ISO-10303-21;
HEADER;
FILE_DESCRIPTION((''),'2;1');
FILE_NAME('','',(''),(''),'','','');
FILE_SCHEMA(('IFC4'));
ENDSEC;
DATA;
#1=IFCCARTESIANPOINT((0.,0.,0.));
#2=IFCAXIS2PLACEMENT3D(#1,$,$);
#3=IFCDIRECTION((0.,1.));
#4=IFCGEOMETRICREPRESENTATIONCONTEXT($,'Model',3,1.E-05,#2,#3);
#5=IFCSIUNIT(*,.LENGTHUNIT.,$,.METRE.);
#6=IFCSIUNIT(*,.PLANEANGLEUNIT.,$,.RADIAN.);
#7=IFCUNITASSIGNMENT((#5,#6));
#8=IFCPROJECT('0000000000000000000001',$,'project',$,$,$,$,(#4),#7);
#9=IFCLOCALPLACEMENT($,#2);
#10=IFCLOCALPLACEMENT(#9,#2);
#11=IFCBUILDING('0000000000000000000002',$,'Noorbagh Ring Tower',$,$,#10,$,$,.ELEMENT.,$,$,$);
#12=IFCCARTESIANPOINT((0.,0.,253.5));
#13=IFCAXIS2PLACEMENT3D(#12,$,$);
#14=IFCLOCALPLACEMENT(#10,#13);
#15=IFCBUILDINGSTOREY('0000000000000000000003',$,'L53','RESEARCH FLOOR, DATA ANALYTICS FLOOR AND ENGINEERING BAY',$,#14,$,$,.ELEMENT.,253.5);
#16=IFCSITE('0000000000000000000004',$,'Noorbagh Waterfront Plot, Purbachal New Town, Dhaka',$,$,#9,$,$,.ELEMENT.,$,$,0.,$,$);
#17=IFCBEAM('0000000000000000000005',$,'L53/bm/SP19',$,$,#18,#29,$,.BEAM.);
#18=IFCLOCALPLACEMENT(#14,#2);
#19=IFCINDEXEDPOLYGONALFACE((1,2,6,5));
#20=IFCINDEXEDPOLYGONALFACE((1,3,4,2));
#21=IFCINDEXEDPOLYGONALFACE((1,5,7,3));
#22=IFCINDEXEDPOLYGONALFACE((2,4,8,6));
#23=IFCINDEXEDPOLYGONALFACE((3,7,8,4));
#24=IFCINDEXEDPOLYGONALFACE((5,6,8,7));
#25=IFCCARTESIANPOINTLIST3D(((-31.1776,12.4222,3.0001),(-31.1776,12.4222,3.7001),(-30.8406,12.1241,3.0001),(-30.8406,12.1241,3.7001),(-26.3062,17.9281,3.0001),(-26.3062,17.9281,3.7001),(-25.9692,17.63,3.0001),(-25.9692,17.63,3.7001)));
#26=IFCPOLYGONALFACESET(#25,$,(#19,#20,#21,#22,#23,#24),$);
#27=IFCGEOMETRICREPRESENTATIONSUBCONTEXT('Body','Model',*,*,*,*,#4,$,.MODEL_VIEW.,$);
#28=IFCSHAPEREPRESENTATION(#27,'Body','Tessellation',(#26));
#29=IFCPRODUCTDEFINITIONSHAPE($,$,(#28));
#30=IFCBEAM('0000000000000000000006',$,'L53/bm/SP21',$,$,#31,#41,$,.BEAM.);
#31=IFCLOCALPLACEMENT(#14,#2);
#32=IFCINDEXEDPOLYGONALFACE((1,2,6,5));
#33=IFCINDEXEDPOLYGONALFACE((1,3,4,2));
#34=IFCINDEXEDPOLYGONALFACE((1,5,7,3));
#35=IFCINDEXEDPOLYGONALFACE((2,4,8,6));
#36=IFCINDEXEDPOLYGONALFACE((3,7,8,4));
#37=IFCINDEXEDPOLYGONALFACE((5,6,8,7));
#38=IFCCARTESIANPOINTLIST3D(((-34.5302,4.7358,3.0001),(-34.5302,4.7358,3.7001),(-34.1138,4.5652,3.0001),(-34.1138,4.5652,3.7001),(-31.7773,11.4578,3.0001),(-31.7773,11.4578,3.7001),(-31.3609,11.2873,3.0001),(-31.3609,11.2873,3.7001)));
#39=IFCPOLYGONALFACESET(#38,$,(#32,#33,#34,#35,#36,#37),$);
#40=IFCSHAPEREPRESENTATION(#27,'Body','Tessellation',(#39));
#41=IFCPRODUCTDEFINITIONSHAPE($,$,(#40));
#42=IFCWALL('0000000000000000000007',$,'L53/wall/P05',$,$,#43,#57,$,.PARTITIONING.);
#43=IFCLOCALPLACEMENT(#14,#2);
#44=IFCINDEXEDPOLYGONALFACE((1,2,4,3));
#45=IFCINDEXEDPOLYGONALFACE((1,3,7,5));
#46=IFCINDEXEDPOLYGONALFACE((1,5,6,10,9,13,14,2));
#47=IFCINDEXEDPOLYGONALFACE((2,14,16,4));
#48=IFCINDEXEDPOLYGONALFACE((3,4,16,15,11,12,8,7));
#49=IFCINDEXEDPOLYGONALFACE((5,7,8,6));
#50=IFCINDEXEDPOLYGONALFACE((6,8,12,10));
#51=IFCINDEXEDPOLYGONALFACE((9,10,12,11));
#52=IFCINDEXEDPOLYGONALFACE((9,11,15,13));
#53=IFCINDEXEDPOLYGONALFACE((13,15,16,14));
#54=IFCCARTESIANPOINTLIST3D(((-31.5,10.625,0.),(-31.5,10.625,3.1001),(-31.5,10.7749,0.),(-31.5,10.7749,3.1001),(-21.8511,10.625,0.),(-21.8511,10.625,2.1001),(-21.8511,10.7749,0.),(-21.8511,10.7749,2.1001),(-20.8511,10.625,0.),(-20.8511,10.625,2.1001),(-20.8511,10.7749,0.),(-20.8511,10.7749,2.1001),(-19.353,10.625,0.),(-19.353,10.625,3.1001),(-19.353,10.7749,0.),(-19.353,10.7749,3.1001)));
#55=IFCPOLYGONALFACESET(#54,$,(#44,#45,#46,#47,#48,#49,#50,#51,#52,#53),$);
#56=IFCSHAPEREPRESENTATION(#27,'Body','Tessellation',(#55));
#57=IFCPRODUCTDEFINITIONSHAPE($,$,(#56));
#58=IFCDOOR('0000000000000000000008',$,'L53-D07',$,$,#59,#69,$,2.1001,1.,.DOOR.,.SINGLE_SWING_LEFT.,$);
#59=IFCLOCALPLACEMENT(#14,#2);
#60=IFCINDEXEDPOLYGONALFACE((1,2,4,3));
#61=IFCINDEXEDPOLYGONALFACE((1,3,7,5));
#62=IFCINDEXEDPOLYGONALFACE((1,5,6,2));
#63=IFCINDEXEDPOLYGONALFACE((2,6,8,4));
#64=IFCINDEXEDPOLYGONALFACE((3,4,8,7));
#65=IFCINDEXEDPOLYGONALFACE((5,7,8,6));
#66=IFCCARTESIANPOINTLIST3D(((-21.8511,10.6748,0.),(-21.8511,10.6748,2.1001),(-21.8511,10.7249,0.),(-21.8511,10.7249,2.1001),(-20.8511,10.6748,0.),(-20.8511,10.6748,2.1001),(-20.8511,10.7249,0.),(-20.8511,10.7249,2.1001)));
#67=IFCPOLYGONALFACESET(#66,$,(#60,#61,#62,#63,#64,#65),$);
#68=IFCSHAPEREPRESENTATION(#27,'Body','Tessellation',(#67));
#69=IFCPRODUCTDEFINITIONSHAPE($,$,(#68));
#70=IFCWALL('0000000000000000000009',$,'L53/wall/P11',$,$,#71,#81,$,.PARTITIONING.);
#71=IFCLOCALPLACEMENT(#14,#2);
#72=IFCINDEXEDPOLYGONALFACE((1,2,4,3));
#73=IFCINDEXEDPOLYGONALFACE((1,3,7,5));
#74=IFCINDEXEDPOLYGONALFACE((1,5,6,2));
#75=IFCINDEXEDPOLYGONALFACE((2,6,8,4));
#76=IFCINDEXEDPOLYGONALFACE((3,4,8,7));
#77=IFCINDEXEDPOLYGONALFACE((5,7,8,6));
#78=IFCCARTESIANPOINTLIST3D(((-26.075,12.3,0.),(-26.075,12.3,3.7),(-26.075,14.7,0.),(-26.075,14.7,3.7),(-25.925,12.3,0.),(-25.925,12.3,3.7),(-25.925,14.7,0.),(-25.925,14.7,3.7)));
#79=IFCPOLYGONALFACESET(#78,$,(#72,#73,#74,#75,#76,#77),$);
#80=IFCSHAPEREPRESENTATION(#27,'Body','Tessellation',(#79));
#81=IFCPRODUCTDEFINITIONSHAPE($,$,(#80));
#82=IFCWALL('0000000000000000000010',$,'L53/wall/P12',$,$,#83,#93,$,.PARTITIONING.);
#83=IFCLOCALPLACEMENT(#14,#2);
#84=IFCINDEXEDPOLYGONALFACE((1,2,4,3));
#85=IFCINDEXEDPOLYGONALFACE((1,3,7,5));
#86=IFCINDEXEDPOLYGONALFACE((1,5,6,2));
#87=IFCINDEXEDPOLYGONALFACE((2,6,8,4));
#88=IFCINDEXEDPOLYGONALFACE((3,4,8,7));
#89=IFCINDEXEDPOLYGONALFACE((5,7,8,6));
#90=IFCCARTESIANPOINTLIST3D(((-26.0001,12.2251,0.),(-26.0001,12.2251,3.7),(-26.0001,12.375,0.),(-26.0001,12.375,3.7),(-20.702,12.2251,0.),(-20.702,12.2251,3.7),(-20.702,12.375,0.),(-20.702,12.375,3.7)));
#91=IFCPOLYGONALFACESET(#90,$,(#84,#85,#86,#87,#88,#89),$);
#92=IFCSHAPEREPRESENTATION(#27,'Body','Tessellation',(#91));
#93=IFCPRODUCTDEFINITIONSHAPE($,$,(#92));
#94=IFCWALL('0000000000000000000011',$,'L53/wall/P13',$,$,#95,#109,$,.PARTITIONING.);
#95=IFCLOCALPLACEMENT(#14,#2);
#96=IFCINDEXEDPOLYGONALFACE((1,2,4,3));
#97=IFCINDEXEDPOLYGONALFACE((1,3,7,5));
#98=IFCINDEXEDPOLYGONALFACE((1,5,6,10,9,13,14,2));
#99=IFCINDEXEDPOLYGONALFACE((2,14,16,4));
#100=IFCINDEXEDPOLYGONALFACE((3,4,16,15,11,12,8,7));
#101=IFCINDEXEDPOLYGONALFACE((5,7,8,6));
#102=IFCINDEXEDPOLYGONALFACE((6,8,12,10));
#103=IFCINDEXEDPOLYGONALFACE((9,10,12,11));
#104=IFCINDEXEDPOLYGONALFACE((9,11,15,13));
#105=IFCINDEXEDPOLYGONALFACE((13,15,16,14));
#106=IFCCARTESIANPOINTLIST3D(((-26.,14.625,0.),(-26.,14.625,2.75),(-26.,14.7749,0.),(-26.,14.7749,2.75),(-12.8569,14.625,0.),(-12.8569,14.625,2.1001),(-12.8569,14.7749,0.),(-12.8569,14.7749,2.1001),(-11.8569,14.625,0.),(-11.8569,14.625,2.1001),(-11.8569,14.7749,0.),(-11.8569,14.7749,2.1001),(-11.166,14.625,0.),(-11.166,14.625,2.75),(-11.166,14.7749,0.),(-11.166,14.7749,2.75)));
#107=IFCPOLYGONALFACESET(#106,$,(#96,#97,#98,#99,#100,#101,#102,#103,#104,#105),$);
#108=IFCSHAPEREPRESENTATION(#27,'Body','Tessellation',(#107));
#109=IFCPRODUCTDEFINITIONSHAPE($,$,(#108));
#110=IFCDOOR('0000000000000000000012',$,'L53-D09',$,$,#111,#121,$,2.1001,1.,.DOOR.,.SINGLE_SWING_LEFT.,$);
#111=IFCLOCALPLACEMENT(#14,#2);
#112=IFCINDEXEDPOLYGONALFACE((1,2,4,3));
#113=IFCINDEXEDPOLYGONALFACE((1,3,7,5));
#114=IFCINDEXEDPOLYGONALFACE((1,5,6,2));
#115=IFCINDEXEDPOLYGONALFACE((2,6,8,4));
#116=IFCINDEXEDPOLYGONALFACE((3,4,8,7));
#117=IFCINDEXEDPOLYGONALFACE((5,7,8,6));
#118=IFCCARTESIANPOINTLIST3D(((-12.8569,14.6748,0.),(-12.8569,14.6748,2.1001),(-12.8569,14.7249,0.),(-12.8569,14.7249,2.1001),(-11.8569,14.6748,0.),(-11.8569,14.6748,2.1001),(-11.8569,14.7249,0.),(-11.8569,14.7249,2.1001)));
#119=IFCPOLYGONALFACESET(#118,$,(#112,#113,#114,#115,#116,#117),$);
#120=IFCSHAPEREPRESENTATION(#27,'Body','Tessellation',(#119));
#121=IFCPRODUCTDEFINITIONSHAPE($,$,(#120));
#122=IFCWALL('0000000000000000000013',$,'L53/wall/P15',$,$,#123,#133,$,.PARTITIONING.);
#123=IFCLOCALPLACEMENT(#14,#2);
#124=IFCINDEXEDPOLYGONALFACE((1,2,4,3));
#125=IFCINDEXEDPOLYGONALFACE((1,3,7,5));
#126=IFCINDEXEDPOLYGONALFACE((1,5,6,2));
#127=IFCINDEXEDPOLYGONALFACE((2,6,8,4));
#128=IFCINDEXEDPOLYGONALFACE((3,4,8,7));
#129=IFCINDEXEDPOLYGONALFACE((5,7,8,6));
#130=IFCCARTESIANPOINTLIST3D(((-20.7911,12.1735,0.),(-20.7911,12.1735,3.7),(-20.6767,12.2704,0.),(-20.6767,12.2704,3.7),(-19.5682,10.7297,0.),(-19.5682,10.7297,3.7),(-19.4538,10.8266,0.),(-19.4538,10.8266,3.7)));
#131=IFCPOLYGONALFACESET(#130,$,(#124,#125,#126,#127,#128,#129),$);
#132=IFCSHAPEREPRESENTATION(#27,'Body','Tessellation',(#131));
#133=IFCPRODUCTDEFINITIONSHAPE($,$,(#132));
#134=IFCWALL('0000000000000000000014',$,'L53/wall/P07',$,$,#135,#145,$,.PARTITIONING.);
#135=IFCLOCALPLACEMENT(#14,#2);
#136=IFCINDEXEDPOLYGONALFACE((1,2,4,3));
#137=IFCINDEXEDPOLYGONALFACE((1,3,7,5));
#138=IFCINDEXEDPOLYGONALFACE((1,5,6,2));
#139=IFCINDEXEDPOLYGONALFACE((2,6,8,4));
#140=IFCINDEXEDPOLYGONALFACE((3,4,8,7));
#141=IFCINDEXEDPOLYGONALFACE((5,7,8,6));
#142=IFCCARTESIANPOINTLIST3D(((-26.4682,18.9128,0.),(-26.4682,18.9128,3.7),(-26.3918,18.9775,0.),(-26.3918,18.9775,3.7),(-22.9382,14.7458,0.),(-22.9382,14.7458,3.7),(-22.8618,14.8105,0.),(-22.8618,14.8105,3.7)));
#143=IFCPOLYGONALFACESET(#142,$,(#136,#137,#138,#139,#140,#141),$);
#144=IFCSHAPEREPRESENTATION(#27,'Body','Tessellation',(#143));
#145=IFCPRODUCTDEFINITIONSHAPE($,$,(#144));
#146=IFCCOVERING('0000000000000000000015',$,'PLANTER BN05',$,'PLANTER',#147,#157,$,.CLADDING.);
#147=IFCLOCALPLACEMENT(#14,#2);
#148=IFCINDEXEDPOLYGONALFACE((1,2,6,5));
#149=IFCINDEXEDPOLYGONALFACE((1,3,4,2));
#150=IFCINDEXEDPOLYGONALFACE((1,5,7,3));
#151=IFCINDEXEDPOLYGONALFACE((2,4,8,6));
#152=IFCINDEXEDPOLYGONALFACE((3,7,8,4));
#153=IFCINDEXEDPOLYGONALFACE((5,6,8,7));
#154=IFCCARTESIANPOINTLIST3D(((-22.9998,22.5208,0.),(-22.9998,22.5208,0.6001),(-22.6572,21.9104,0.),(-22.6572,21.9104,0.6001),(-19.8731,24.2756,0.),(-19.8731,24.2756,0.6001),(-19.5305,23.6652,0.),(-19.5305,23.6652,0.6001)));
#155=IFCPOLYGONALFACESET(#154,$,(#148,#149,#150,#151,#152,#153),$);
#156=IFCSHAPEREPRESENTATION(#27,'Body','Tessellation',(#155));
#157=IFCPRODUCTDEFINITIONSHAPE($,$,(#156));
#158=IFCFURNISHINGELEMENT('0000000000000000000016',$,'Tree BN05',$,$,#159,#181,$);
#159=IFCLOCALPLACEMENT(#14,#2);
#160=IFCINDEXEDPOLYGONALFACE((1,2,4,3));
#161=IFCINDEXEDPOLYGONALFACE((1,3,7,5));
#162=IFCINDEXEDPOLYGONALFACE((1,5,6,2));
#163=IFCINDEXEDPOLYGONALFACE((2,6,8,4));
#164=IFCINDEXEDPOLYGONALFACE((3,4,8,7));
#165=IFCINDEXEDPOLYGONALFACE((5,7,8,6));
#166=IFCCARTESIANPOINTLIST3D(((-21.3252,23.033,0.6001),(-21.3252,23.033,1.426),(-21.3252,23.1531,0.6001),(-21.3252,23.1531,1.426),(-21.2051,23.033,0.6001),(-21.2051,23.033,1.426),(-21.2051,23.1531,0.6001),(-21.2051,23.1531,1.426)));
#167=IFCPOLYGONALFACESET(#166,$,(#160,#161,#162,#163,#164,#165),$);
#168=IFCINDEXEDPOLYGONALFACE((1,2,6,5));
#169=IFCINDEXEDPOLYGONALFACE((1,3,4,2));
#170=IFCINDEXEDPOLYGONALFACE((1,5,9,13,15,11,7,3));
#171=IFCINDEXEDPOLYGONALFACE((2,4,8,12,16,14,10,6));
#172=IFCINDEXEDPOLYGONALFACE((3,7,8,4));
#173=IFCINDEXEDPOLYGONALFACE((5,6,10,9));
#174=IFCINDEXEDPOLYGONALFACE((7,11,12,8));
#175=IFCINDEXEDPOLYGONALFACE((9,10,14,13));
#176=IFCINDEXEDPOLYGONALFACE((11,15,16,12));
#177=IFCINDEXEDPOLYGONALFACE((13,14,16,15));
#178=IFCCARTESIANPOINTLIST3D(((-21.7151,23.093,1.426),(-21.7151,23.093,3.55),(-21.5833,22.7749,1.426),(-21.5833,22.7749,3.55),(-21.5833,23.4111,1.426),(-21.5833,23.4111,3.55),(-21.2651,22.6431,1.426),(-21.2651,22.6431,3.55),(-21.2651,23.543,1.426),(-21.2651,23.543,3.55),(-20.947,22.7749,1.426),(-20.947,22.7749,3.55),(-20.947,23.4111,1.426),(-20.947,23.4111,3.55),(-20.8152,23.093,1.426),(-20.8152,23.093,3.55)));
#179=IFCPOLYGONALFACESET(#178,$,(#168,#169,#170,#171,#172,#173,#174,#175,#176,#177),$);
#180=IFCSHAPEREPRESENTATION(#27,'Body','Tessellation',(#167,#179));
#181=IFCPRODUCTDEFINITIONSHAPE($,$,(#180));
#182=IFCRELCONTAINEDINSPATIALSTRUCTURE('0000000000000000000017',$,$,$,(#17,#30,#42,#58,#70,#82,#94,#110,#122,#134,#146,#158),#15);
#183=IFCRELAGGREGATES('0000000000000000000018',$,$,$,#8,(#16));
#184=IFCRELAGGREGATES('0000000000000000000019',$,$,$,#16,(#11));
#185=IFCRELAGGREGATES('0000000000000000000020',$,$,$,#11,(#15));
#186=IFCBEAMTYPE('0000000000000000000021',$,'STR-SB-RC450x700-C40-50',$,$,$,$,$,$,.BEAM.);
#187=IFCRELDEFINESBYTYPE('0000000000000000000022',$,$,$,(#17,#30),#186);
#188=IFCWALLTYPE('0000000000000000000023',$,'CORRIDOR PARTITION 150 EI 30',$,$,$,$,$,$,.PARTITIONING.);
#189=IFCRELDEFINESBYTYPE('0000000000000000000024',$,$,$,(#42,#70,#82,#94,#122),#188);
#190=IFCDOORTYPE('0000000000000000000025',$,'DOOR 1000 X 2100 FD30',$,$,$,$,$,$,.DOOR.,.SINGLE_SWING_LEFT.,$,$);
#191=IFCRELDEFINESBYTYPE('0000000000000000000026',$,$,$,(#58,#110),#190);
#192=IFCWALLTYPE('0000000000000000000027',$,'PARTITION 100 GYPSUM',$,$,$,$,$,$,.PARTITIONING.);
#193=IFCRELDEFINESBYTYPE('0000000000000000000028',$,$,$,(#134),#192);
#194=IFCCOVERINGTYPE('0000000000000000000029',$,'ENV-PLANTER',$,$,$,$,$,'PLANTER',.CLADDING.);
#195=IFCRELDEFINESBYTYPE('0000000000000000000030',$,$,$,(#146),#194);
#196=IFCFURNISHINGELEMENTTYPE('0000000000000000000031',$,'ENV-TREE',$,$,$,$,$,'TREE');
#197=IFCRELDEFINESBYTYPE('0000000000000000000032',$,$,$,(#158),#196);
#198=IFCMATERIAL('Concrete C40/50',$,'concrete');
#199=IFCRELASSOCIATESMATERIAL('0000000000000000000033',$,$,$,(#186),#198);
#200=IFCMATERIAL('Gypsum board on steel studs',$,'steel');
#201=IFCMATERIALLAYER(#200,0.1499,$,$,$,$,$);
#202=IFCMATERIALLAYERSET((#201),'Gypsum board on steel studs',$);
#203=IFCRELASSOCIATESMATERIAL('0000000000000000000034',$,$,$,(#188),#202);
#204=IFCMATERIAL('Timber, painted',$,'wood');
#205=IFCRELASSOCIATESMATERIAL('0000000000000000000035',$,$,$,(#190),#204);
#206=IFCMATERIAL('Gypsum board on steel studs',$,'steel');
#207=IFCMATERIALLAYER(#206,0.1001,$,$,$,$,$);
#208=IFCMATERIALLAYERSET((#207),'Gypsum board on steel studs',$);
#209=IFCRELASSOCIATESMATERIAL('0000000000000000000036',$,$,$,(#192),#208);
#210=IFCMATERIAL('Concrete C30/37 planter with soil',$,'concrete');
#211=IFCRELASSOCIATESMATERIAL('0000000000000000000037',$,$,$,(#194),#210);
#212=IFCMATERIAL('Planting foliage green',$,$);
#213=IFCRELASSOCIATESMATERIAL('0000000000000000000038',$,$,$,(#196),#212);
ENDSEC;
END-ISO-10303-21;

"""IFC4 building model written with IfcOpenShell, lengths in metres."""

from ifc_helpers import new_model, si_unit, direction, frame, frame_2d, origin, origin_2d, place, context, subcontext, project, spatial, polyline, rectangle, outline, extrude, material, layer, layer_set, material_profile, profile_set, type_object, element, fill, save


model = new_model("IFC4")

# Units and contexts
model_context = context("Model", 3, precision=1e-05, world=origin(), true_north=direction((0.0, 1.0)))
body_context = subcontext(model_context, "Body", "Model", "MODEL_VIEW")
ifc_project = project(units=[si_unit("LENGTHUNIT", "METRE"), si_unit("PLANEANGLEUNIT", "RADIAN")], contexts=[model_context])

# Site, building, storey
site_placement = place(None, origin())
site = spatial("IfcSite", under=ifc_project, at=site_placement, Name="Noorbagh Waterfront Plot, Purbachal New Town, Dhaka", CompositionType="ELEMENT", RefElevation=0.0)
building_placement = place(site_placement, origin())
building = spatial("IfcBuilding", under=site, at=building_placement, Name="Noorbagh Ring Tower", CompositionType="ELEMENT")
storey_placement = place(building_placement, frame((0.0, 0.0, 253.5)))
storey = spatial("IfcBuildingStorey", under=building, at=storey_placement, Name="L53", Description="RESEARCH FLOOR, DATA ANALYTICS FLOOR AND ENGINEERING BAY", CompositionType="ELEMENT", Elevation=253.5)

# Beams
ifc_material_1 = material(Name="Concrete C40/50", Category="concrete")
ifc_material_profile_1 = material_profile(ifc_material_1, rectangle(XDim=0.45, YDim=0.7, at=origin_2d()), Name="RC450x700")
ifc_profile_set_1 = profile_set([ifc_material_profile_1], Name="Concrete C40/50")
beam_type_1 = type_object("IfcBeamType", Name="STR-SB-RC450x700-C40-50", PredefinedType="BEAM", material=ifc_profile_set_1)
beam_1_placement = place(storey_placement, frame((-26.1377, 17.7791, 3.3501), z_axis=(-0.662633, -0.748945, 0.0), x_axis=(0.748945, -0.662633, 0.0)))
element("IfcBeam", 1, at=beam_1_placement, inside=storey, type_object=beam_type_1, Name="L53/bm/SP19", PredefinedType="BEAM", context=body_context, shape_type="SweptSolid", body=[
    extrude(rectangle(XDim=0.45, YDim=0.7, at=origin_2d()), origin(), (0.0, 0.0, 1.0), 7.3516),
])
beam_2_placement = place(storey_placement, frame((-31.5691, 11.3726, 3.3501), z_axis=(-0.378981, -0.925404, 0.0), x_axis=(0.925404, -0.378981, 0.0)))
element("IfcBeam", 2, at=beam_2_placement, inside=storey, type_object=beam_type_1, Name="L53/bm/SP21", PredefinedType="BEAM", context=body_context, shape_type="SweptSolid", body=[
    extrude(rectangle(XDim=0.45, YDim=0.7, at=origin_2d()), origin(), (0.0, 0.0, 1.0), 7.2639),
])

# Wall, opening, door
ifc_material_2 = material(Name="Gypsum board on steel studs", Category="steel")
ifc_layer_1 = layer(ifc_material_2, 0.1499)
ifc_layer_set_1 = layer_set([ifc_layer_1], Name="Gypsum board on steel studs")
wall_type_1 = type_object("IfcWallType", Name="CORRIDOR PARTITION 150 EI 30", PredefinedType="PARTITIONING", material=ifc_layer_set_1)
wall_1_placement = place(storey_placement, frame((-31.5, 10.7, 0.0), z_axis=(0.0, 0.0, 1.0), x_axis=(1.0, 0.0, 0.0)))
wall_1 = element("IfcWall", 3, at=wall_1_placement, inside=storey, type_object=wall_type_1, Name="L53/wall/P05", PredefinedType="PARTITIONING", context=body_context, shape_type="SweptSolid", body=[
    extrude(rectangle(XDim=12.147, YDim=0.1499, at=frame_2d((6.0735, 0.0))), origin(), (0.0, 0.0, 1.0), 3.1001),
])
opening_1_placement = place(wall_1_placement, frame((9.6489, 0.0, 0.0)))
opening_1 = element("IfcOpeningElement", 4, at=opening_1_placement, cuts=wall_1, PredefinedType="OPENING", context=body_context, shape_type="SweptSolid", body=[
    extrude(rectangle(XDim=1.0, YDim=2.1001, at=frame_2d((0.5, 1.05))), frame((0.0, 0.085, 0.0), z_axis=(0.0, -1.0, 0.0), x_axis=(1.0, 0.0, 0.0)), (0.0, 0.0, 1.0), 0.1699),
])
ifc_material_3 = material(Name="Timber, painted", Category="wood")
door_type = type_object("IfcDoorType", Name="DOOR 1000 X 2100 FD30", OperationType="SINGLE_SWING_LEFT", PredefinedType="DOOR", material=ifc_material_3)
door_1_placement = place(opening_1_placement, origin())
door_1 = element("IfcDoor", 5, at=door_1_placement, inside=storey, type_object=door_type, Name="L53-D07", OperationType="SINGLE_SWING_LEFT", OverallHeight=2.1001, OverallWidth=1.0, PredefinedType="DOOR", context=body_context, shape_type="SweptSolid", body=[
    extrude(rectangle(XDim=1.0, YDim=2.1001, at=frame_2d((0.5, 1.05))), frame((0.0, 0.0249, 0.0), z_axis=(0.0, -1.0, 0.0), x_axis=(1.0, 0.0, 0.0)), (0.0, 0.0, 1.0), 0.05),
])
fill(opening_1, door_1)

# Walls
wall_2_placement = place(storey_placement, frame((-26.0, 12.3, 0.0), z_axis=(0.0, 0.0, 1.0), x_axis=(0.0, 1.0, 0.0)))
element("IfcWall", 6, at=wall_2_placement, inside=storey, type_object=wall_type_1, Name="L53/wall/P11", PredefinedType="PARTITIONING", context=body_context, shape_type="SweptSolid", body=[
    extrude(rectangle(XDim=2.3999, YDim=0.1499, at=frame_2d((1.2, 0.0))), origin(), (0.0, 0.0, 1.0), 3.7),
])
wall_3_placement = place(storey_placement, frame((-26.0, 12.3, 0.0), z_axis=(0.0, 0.0, 1.0), x_axis=(1.0, 0.0, 0.0)))
element("IfcWall", 7, at=wall_3_placement, inside=storey, type_object=wall_type_1, Name="L53/wall/P12", PredefinedType="PARTITIONING", context=body_context, shape_type="SweptSolid", body=[
    extrude(rectangle(XDim=5.2981, YDim=0.1499, at=frame_2d((2.6489, 0.0))), origin(), (0.0, 0.0, 1.0), 3.7),
])

# Wall, opening, door
wall_4_placement = place(storey_placement, frame((-26.0, 14.7, 0.0), z_axis=(0.0, 0.0, 1.0), x_axis=(1.0, 0.0, 0.0)))
wall_4 = element("IfcWall", 8, at=wall_4_placement, inside=storey, type_object=wall_type_1, Name="L53/wall/P13", PredefinedType="PARTITIONING", context=body_context, shape_type="SweptSolid", body=[
    extrude(rectangle(XDim=14.834, YDim=0.1499, at=frame_2d((7.417, 0.0))), origin(), (0.0, 0.0, 1.0), 2.75),
])
opening_2_placement = place(wall_4_placement, frame((13.1431, 0.0, 0.0)))
opening_2 = element("IfcOpeningElement", 9, at=opening_2_placement, cuts=wall_4, PredefinedType="OPENING", context=body_context, shape_type="SweptSolid", body=[
    extrude(rectangle(XDim=1.0, YDim=2.1001, at=frame_2d((0.5, 1.05))), frame((0.0, 0.085, 0.0), z_axis=(0.0, -1.0, 0.0), x_axis=(1.0, 0.0, 0.0)), (0.0, 0.0, 1.0), 0.1699),
])
door_2_placement = place(opening_2_placement, origin())
door_2 = element("IfcDoor", 10, at=door_2_placement, inside=storey, type_object=door_type, Name="L53-D09", OperationType="SINGLE_SWING_LEFT", OverallHeight=2.1001, OverallWidth=1.0, PredefinedType="DOOR", context=body_context, shape_type="SweptSolid", body=[
    extrude(rectangle(XDim=1.0, YDim=2.1001, at=frame_2d((0.5, 1.05))), frame((0.0, 0.0249, 0.0), z_axis=(0.0, -1.0, 0.0), x_axis=(1.0, 0.0, 0.0)), (0.0, 0.0, 1.0), 0.05),
])
fill(opening_2, door_2)

# Walls
wall_5_placement = place(storey_placement, frame((-20.7339, 12.2219, 0.0), z_axis=(0.0, 0.0, 1.0), x_axis=(0.646307, -0.763078, 0.0)))
element("IfcWall", 11, at=wall_5_placement, inside=storey, type_object=wall_type_1, Name="L53/wall/P15", PredefinedType="PARTITIONING", context=body_context, shape_type="SweptSolid", body=[
    extrude(rectangle(XDim=1.8921, YDim=0.1499, at=frame_2d((0.946, 0.0))), origin(), (0.0, 0.0, 1.0), 3.7),
])
ifc_material_4 = material(Name="Gypsum board on steel studs", Category="steel")
ifc_layer_2 = layer(ifc_material_4, 0.1001)
ifc_layer_set_2 = layer_set([ifc_layer_2], Name="Gypsum board on steel studs")
wall_type_2 = type_object("IfcWallType", Name="PARTITION 100 GYPSUM", PredefinedType="PARTITIONING", material=ifc_layer_set_2)
wall_6_placement = place(storey_placement, frame((-26.4299, 18.9451, 0.0), z_axis=(0.0, 0.0, 1.0), x_axis=(0.646381, -0.763015, 0.0)))
element("IfcWall", 12, at=wall_6_placement, inside=storey, type_object=wall_type_2, Name="L53/wall/P07", PredefinedType="PARTITIONING", context=body_context, shape_type="SweptSolid", body=[
    extrude(rectangle(XDim=5.4612, YDim=0.1001, at=frame_2d((2.7305, 0.0))), origin(), (0.0, 0.0, 1.0), 3.7),
])

# Covering
ifc_material_5 = material(Name="Concrete C30/37 planter with soil", Category="concrete")
covering_type = type_object("IfcCoveringType", Name="ENV-PLANTER", ElementType="PLANTER", PredefinedType="CLADDING", material=ifc_material_5)
covering_placement = place(storey_placement, frame((-21.2651, 23.093, 0.0), z_axis=(0.0, 0.0, 1.0), x_axis=(-0.872045, -0.489426, 0.0)))
element("IfcCovering", 13, at=covering_placement, inside=storey, type_object=covering_type, Name="PLANTER BN05", ObjectType="PLANTER", PredefinedType="CLADDING", context=body_context, shape_type="SweptSolid", body=[
    extrude(rectangle(XDim=3.5854, YDim=0.7, at=origin_2d()), origin(), (0.0, 0.0, 1.0), 0.6001),
])

# Furnishing element
ifc_material_6 = material(Name="Planting foliage green")
furnishing_element_type = type_object("IfcFurnishingElementType", Name="ENV-TREE", ElementType="TREE", material=ifc_material_6)
furnishing_placement = place(storey_placement, frame((-21.2651, 23.093, 0.6001), z_axis=(0.0, 0.0, 1.0), x_axis=(1.0, 0.0, 0.0)))
element("IfcFurnishingElement", 14, at=furnishing_placement, inside=storey, type_object=furnishing_element_type, Name="Tree BN05", context=body_context, shape_type="SweptSolid", body=[
    extrude(rectangle(XDim=0.1201, YDim=0.1201, at=origin_2d()), origin(), (0.0, 0.0, 1.0), 0.8259),
    extrude(outline(polyline([(0.45, 0.0), (0.3181, 0.3181), (0.0, 0.45), (-0.3181, 0.3181), (-0.45, 0.0), (-0.3181, -0.3181), (0.0, -0.45), (0.3181, -0.3181), (0.45, 0.0)])), frame((0.0, 0.0, 0.8259)), (0.0, 0.0, 1.0), 2.124),
])

save(model, "model.ifc")
